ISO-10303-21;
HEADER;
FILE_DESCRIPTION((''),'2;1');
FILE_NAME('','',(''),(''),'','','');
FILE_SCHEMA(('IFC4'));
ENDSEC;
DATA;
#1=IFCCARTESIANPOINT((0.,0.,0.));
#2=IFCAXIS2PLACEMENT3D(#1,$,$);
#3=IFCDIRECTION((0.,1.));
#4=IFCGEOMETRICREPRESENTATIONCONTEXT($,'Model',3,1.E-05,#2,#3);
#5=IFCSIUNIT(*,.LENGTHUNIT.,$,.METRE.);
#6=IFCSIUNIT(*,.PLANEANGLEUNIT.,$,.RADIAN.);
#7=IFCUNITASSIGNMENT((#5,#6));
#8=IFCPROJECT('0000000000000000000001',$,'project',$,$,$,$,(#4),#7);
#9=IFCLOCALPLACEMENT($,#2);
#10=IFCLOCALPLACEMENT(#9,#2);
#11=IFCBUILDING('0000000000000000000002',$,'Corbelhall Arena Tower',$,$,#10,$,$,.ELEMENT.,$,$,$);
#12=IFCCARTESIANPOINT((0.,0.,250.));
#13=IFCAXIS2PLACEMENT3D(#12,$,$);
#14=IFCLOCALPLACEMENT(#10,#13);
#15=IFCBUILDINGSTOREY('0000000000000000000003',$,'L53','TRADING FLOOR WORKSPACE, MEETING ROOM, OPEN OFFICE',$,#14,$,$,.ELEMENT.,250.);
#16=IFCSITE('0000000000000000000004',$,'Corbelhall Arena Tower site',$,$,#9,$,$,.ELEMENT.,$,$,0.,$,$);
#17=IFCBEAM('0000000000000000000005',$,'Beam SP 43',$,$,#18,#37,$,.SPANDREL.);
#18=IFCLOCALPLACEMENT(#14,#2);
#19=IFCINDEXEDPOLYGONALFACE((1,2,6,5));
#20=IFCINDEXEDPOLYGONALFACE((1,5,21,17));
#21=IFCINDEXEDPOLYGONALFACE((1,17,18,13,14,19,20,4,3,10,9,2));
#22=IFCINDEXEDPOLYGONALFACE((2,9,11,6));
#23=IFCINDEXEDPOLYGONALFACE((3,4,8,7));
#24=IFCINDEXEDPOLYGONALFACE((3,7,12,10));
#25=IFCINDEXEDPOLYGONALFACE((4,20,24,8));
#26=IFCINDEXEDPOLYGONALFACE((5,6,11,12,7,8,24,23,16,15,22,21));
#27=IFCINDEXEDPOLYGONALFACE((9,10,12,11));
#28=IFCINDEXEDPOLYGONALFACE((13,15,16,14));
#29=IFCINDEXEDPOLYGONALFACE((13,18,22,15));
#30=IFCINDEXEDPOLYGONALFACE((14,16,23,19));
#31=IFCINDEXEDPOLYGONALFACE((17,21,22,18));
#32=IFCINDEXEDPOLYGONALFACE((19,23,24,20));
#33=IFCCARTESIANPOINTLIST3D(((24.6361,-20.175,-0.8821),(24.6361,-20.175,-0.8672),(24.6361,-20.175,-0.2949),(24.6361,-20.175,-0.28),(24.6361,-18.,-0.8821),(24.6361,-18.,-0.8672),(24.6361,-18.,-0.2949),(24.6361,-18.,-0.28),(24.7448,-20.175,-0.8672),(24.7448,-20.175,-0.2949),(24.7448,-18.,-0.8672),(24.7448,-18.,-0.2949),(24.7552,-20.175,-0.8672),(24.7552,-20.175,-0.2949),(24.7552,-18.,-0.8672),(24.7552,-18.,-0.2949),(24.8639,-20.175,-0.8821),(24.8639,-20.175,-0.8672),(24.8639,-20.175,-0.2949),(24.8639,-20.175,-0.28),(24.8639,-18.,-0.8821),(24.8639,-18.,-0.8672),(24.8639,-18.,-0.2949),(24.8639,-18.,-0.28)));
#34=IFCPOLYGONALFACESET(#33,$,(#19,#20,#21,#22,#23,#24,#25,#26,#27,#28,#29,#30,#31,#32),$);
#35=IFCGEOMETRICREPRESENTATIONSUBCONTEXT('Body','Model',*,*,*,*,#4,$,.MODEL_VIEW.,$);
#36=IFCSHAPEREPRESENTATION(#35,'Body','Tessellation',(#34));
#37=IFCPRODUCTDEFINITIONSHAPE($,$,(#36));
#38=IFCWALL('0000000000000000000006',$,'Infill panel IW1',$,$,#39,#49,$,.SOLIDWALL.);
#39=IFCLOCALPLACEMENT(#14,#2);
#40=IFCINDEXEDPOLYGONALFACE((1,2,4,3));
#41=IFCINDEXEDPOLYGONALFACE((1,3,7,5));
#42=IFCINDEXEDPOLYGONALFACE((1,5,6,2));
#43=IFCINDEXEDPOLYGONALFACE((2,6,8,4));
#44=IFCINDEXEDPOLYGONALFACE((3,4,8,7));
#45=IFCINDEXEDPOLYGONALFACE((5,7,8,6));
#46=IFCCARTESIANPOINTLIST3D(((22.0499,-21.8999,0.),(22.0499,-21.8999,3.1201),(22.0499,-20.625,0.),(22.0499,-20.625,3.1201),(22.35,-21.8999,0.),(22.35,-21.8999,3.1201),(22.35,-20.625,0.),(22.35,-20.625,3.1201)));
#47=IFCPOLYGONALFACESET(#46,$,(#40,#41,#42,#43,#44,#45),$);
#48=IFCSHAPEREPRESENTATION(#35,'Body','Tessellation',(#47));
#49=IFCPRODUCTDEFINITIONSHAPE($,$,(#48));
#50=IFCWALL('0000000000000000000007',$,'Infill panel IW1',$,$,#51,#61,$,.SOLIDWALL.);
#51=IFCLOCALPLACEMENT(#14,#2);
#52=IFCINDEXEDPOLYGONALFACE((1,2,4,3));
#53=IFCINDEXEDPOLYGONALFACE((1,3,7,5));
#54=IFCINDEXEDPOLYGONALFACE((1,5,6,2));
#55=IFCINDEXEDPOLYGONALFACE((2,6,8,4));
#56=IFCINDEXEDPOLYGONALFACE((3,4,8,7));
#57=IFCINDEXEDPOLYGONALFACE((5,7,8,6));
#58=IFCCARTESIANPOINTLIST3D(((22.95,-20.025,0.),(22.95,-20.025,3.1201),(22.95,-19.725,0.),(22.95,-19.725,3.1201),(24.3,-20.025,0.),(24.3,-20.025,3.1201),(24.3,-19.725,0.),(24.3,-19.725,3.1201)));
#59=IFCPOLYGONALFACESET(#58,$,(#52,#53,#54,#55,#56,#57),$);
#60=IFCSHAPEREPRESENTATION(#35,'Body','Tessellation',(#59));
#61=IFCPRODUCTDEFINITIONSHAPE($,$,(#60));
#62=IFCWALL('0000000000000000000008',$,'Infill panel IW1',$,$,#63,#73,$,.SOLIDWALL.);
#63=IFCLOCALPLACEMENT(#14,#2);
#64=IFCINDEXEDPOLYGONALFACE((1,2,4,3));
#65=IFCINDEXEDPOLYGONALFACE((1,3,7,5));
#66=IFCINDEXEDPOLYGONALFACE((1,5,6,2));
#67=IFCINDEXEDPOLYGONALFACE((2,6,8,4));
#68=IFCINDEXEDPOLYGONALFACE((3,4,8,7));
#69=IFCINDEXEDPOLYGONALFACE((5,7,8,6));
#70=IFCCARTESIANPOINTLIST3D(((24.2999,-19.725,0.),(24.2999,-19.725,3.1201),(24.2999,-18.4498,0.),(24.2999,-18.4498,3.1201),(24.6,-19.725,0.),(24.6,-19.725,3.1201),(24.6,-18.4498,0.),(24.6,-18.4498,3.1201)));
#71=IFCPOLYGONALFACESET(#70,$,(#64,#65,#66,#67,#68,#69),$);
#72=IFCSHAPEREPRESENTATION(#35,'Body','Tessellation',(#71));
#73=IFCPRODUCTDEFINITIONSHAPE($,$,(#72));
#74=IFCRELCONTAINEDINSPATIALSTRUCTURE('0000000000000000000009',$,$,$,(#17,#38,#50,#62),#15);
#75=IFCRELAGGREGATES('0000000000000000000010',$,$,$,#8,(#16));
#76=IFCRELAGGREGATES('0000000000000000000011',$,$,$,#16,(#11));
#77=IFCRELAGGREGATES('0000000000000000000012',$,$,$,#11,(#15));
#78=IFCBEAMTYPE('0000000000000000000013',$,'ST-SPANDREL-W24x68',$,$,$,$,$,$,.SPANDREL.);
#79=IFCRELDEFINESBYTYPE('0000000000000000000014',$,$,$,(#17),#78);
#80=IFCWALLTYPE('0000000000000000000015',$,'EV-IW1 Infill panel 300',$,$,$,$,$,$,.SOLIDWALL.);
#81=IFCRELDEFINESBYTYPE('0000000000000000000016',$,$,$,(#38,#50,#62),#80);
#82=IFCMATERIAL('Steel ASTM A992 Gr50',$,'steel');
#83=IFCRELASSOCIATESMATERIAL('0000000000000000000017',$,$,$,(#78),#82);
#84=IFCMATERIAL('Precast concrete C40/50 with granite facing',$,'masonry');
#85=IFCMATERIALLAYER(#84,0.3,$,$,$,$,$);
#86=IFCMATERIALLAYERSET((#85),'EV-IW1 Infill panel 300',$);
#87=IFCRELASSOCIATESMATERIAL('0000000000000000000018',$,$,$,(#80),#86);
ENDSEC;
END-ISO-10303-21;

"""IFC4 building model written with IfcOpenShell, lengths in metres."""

from ifc_helpers import new_model, si_unit, direction, frame, frame_2d, origin, origin_2d, place, context, subcontext, project, spatial, rectangle, i_section, extrude, material, layer, layer_set, material_profile, profile_set, type_object, element, save


model = new_model("IFC4")

# Units and contexts
model_context = context("Model", 3, precision=1e-05, world=origin(), true_north=direction((0.0, 1.0)))
body_context = subcontext(model_context, "Body", "Model", "MODEL_VIEW")
ifc_project = project(units=[si_unit("LENGTHUNIT", "METRE"), si_unit("PLANEANGLEUNIT", "RADIAN")], contexts=[model_context])

# Site, building, storey
site_placement = place(None, origin())
site = spatial("IfcSite", under=ifc_project, at=site_placement, Name="Corbelhall Arena Tower site", CompositionType="ELEMENT", RefElevation=0.0)
building_placement = place(site_placement, origin())
building = spatial("IfcBuilding", under=site, at=building_placement, Name="Corbelhall Arena Tower", CompositionType="ELEMENT")
storey_placement = place(building_placement, frame((0.0, 0.0, 250.0)))
storey = spatial("IfcBuildingStorey", under=building, at=storey_placement, Name="L53", Description="TRADING FLOOR WORKSPACE, MEETING ROOM, OPEN OFFICE", CompositionType="ELEMENT", Elevation=250.0)

# Beam
ifc_material_1 = material(Name="Steel ASTM A992 Gr50", Category="steel")
ifc_material_profile_1 = material_profile(ifc_material_1, i_section(OverallWidth=0.2278, OverallDepth=0.6021, WebThickness=0.0105, FlangeThickness=0.0149, at=origin_2d()))
ifc_profile_set_1 = profile_set([ifc_material_profile_1], Name="Steel ASTM A992 Gr50")
beam_type = type_object("IfcBeamType", Name="ST-SPANDREL-W24x68", PredefinedType="SPANDREL", material=ifc_profile_set_1)
beam_1_placement = place(storey_placement, frame((24.75, -18.0, -0.5811), z_axis=(0.0, -1.0, 0.0), x_axis=(1.0, 0.0, 0.0)))
element("IfcBeam", 1, at=beam_1_placement, inside=storey, type_object=beam_type, Name="Beam SP 43", PredefinedType="SPANDREL", context=body_context, shape_type="SweptSolid", body=[
    extrude(i_section(OverallWidth=0.2278, OverallDepth=0.6021, WebThickness=0.0105, FlangeThickness=0.0149, at=origin_2d()), origin(), (0.0, 0.0, 1.0), 2.175),
])

# Shared definitions
ifc_material_2 = material(Name="Precast concrete C40/50 with granite facing", Category="masonry")
ifc_layer_1 = layer(ifc_material_2, 0.3)
ifc_layer_set_1 = layer_set([ifc_layer_1], Name="EV-IW1 Infill panel 300")
wall_type_1 = type_object("IfcWallType", Name="EV-IW1 Infill panel 300", PredefinedType="SOLIDWALL", material=ifc_layer_set_1)

# Walls
wall_1_placement = place(storey_placement, frame((22.2, -21.8999, 0.0), z_axis=(0.0, 0.0, 1.0), x_axis=(0.0, 1.0, 0.0)))
element("IfcWall", 2, at=wall_1_placement, inside=storey, type_object=wall_type_1, Name="Infill panel IW1", PredefinedType="SOLIDWALL", context=body_context, shape_type="SweptSolid", body=[
    extrude(rectangle(XDim=1.2749, YDim=0.3, at=frame_2d((0.6375, 0.0))), origin(), (0.0, 0.0, 1.0), 3.1201),
])
wall_2_placement = place(storey_placement, frame((22.95, -19.875, 0.0), z_axis=(0.0, 0.0, 1.0), x_axis=(1.0, 0.0, 0.0)))
element("IfcWall", 3, at=wall_2_placement, inside=storey, type_object=wall_type_1, Name="Infill panel IW1", PredefinedType="SOLIDWALL", context=body_context, shape_type="SweptSolid", body=[
    extrude(rectangle(XDim=1.3501, YDim=0.3, at=frame_2d((0.675, 0.0))), origin(), (0.0, 0.0, 1.0), 3.1201),
])
wall_3_placement = place(storey_placement, frame((24.45, -19.7251, 0.0), z_axis=(0.0, 0.0, 1.0), x_axis=(0.0, 1.0, 0.0)))
element("IfcWall", 4, at=wall_3_placement, inside=storey, type_object=wall_type_1, Name="Infill panel IW1", PredefinedType="SOLIDWALL", context=body_context, shape_type="SweptSolid", body=[
    extrude(rectangle(XDim=1.2751, YDim=0.3, at=frame_2d((0.6377, 0.0))), origin(), (0.0, 0.0, 1.0), 3.1201),
])

save(model, "model.ifc")
